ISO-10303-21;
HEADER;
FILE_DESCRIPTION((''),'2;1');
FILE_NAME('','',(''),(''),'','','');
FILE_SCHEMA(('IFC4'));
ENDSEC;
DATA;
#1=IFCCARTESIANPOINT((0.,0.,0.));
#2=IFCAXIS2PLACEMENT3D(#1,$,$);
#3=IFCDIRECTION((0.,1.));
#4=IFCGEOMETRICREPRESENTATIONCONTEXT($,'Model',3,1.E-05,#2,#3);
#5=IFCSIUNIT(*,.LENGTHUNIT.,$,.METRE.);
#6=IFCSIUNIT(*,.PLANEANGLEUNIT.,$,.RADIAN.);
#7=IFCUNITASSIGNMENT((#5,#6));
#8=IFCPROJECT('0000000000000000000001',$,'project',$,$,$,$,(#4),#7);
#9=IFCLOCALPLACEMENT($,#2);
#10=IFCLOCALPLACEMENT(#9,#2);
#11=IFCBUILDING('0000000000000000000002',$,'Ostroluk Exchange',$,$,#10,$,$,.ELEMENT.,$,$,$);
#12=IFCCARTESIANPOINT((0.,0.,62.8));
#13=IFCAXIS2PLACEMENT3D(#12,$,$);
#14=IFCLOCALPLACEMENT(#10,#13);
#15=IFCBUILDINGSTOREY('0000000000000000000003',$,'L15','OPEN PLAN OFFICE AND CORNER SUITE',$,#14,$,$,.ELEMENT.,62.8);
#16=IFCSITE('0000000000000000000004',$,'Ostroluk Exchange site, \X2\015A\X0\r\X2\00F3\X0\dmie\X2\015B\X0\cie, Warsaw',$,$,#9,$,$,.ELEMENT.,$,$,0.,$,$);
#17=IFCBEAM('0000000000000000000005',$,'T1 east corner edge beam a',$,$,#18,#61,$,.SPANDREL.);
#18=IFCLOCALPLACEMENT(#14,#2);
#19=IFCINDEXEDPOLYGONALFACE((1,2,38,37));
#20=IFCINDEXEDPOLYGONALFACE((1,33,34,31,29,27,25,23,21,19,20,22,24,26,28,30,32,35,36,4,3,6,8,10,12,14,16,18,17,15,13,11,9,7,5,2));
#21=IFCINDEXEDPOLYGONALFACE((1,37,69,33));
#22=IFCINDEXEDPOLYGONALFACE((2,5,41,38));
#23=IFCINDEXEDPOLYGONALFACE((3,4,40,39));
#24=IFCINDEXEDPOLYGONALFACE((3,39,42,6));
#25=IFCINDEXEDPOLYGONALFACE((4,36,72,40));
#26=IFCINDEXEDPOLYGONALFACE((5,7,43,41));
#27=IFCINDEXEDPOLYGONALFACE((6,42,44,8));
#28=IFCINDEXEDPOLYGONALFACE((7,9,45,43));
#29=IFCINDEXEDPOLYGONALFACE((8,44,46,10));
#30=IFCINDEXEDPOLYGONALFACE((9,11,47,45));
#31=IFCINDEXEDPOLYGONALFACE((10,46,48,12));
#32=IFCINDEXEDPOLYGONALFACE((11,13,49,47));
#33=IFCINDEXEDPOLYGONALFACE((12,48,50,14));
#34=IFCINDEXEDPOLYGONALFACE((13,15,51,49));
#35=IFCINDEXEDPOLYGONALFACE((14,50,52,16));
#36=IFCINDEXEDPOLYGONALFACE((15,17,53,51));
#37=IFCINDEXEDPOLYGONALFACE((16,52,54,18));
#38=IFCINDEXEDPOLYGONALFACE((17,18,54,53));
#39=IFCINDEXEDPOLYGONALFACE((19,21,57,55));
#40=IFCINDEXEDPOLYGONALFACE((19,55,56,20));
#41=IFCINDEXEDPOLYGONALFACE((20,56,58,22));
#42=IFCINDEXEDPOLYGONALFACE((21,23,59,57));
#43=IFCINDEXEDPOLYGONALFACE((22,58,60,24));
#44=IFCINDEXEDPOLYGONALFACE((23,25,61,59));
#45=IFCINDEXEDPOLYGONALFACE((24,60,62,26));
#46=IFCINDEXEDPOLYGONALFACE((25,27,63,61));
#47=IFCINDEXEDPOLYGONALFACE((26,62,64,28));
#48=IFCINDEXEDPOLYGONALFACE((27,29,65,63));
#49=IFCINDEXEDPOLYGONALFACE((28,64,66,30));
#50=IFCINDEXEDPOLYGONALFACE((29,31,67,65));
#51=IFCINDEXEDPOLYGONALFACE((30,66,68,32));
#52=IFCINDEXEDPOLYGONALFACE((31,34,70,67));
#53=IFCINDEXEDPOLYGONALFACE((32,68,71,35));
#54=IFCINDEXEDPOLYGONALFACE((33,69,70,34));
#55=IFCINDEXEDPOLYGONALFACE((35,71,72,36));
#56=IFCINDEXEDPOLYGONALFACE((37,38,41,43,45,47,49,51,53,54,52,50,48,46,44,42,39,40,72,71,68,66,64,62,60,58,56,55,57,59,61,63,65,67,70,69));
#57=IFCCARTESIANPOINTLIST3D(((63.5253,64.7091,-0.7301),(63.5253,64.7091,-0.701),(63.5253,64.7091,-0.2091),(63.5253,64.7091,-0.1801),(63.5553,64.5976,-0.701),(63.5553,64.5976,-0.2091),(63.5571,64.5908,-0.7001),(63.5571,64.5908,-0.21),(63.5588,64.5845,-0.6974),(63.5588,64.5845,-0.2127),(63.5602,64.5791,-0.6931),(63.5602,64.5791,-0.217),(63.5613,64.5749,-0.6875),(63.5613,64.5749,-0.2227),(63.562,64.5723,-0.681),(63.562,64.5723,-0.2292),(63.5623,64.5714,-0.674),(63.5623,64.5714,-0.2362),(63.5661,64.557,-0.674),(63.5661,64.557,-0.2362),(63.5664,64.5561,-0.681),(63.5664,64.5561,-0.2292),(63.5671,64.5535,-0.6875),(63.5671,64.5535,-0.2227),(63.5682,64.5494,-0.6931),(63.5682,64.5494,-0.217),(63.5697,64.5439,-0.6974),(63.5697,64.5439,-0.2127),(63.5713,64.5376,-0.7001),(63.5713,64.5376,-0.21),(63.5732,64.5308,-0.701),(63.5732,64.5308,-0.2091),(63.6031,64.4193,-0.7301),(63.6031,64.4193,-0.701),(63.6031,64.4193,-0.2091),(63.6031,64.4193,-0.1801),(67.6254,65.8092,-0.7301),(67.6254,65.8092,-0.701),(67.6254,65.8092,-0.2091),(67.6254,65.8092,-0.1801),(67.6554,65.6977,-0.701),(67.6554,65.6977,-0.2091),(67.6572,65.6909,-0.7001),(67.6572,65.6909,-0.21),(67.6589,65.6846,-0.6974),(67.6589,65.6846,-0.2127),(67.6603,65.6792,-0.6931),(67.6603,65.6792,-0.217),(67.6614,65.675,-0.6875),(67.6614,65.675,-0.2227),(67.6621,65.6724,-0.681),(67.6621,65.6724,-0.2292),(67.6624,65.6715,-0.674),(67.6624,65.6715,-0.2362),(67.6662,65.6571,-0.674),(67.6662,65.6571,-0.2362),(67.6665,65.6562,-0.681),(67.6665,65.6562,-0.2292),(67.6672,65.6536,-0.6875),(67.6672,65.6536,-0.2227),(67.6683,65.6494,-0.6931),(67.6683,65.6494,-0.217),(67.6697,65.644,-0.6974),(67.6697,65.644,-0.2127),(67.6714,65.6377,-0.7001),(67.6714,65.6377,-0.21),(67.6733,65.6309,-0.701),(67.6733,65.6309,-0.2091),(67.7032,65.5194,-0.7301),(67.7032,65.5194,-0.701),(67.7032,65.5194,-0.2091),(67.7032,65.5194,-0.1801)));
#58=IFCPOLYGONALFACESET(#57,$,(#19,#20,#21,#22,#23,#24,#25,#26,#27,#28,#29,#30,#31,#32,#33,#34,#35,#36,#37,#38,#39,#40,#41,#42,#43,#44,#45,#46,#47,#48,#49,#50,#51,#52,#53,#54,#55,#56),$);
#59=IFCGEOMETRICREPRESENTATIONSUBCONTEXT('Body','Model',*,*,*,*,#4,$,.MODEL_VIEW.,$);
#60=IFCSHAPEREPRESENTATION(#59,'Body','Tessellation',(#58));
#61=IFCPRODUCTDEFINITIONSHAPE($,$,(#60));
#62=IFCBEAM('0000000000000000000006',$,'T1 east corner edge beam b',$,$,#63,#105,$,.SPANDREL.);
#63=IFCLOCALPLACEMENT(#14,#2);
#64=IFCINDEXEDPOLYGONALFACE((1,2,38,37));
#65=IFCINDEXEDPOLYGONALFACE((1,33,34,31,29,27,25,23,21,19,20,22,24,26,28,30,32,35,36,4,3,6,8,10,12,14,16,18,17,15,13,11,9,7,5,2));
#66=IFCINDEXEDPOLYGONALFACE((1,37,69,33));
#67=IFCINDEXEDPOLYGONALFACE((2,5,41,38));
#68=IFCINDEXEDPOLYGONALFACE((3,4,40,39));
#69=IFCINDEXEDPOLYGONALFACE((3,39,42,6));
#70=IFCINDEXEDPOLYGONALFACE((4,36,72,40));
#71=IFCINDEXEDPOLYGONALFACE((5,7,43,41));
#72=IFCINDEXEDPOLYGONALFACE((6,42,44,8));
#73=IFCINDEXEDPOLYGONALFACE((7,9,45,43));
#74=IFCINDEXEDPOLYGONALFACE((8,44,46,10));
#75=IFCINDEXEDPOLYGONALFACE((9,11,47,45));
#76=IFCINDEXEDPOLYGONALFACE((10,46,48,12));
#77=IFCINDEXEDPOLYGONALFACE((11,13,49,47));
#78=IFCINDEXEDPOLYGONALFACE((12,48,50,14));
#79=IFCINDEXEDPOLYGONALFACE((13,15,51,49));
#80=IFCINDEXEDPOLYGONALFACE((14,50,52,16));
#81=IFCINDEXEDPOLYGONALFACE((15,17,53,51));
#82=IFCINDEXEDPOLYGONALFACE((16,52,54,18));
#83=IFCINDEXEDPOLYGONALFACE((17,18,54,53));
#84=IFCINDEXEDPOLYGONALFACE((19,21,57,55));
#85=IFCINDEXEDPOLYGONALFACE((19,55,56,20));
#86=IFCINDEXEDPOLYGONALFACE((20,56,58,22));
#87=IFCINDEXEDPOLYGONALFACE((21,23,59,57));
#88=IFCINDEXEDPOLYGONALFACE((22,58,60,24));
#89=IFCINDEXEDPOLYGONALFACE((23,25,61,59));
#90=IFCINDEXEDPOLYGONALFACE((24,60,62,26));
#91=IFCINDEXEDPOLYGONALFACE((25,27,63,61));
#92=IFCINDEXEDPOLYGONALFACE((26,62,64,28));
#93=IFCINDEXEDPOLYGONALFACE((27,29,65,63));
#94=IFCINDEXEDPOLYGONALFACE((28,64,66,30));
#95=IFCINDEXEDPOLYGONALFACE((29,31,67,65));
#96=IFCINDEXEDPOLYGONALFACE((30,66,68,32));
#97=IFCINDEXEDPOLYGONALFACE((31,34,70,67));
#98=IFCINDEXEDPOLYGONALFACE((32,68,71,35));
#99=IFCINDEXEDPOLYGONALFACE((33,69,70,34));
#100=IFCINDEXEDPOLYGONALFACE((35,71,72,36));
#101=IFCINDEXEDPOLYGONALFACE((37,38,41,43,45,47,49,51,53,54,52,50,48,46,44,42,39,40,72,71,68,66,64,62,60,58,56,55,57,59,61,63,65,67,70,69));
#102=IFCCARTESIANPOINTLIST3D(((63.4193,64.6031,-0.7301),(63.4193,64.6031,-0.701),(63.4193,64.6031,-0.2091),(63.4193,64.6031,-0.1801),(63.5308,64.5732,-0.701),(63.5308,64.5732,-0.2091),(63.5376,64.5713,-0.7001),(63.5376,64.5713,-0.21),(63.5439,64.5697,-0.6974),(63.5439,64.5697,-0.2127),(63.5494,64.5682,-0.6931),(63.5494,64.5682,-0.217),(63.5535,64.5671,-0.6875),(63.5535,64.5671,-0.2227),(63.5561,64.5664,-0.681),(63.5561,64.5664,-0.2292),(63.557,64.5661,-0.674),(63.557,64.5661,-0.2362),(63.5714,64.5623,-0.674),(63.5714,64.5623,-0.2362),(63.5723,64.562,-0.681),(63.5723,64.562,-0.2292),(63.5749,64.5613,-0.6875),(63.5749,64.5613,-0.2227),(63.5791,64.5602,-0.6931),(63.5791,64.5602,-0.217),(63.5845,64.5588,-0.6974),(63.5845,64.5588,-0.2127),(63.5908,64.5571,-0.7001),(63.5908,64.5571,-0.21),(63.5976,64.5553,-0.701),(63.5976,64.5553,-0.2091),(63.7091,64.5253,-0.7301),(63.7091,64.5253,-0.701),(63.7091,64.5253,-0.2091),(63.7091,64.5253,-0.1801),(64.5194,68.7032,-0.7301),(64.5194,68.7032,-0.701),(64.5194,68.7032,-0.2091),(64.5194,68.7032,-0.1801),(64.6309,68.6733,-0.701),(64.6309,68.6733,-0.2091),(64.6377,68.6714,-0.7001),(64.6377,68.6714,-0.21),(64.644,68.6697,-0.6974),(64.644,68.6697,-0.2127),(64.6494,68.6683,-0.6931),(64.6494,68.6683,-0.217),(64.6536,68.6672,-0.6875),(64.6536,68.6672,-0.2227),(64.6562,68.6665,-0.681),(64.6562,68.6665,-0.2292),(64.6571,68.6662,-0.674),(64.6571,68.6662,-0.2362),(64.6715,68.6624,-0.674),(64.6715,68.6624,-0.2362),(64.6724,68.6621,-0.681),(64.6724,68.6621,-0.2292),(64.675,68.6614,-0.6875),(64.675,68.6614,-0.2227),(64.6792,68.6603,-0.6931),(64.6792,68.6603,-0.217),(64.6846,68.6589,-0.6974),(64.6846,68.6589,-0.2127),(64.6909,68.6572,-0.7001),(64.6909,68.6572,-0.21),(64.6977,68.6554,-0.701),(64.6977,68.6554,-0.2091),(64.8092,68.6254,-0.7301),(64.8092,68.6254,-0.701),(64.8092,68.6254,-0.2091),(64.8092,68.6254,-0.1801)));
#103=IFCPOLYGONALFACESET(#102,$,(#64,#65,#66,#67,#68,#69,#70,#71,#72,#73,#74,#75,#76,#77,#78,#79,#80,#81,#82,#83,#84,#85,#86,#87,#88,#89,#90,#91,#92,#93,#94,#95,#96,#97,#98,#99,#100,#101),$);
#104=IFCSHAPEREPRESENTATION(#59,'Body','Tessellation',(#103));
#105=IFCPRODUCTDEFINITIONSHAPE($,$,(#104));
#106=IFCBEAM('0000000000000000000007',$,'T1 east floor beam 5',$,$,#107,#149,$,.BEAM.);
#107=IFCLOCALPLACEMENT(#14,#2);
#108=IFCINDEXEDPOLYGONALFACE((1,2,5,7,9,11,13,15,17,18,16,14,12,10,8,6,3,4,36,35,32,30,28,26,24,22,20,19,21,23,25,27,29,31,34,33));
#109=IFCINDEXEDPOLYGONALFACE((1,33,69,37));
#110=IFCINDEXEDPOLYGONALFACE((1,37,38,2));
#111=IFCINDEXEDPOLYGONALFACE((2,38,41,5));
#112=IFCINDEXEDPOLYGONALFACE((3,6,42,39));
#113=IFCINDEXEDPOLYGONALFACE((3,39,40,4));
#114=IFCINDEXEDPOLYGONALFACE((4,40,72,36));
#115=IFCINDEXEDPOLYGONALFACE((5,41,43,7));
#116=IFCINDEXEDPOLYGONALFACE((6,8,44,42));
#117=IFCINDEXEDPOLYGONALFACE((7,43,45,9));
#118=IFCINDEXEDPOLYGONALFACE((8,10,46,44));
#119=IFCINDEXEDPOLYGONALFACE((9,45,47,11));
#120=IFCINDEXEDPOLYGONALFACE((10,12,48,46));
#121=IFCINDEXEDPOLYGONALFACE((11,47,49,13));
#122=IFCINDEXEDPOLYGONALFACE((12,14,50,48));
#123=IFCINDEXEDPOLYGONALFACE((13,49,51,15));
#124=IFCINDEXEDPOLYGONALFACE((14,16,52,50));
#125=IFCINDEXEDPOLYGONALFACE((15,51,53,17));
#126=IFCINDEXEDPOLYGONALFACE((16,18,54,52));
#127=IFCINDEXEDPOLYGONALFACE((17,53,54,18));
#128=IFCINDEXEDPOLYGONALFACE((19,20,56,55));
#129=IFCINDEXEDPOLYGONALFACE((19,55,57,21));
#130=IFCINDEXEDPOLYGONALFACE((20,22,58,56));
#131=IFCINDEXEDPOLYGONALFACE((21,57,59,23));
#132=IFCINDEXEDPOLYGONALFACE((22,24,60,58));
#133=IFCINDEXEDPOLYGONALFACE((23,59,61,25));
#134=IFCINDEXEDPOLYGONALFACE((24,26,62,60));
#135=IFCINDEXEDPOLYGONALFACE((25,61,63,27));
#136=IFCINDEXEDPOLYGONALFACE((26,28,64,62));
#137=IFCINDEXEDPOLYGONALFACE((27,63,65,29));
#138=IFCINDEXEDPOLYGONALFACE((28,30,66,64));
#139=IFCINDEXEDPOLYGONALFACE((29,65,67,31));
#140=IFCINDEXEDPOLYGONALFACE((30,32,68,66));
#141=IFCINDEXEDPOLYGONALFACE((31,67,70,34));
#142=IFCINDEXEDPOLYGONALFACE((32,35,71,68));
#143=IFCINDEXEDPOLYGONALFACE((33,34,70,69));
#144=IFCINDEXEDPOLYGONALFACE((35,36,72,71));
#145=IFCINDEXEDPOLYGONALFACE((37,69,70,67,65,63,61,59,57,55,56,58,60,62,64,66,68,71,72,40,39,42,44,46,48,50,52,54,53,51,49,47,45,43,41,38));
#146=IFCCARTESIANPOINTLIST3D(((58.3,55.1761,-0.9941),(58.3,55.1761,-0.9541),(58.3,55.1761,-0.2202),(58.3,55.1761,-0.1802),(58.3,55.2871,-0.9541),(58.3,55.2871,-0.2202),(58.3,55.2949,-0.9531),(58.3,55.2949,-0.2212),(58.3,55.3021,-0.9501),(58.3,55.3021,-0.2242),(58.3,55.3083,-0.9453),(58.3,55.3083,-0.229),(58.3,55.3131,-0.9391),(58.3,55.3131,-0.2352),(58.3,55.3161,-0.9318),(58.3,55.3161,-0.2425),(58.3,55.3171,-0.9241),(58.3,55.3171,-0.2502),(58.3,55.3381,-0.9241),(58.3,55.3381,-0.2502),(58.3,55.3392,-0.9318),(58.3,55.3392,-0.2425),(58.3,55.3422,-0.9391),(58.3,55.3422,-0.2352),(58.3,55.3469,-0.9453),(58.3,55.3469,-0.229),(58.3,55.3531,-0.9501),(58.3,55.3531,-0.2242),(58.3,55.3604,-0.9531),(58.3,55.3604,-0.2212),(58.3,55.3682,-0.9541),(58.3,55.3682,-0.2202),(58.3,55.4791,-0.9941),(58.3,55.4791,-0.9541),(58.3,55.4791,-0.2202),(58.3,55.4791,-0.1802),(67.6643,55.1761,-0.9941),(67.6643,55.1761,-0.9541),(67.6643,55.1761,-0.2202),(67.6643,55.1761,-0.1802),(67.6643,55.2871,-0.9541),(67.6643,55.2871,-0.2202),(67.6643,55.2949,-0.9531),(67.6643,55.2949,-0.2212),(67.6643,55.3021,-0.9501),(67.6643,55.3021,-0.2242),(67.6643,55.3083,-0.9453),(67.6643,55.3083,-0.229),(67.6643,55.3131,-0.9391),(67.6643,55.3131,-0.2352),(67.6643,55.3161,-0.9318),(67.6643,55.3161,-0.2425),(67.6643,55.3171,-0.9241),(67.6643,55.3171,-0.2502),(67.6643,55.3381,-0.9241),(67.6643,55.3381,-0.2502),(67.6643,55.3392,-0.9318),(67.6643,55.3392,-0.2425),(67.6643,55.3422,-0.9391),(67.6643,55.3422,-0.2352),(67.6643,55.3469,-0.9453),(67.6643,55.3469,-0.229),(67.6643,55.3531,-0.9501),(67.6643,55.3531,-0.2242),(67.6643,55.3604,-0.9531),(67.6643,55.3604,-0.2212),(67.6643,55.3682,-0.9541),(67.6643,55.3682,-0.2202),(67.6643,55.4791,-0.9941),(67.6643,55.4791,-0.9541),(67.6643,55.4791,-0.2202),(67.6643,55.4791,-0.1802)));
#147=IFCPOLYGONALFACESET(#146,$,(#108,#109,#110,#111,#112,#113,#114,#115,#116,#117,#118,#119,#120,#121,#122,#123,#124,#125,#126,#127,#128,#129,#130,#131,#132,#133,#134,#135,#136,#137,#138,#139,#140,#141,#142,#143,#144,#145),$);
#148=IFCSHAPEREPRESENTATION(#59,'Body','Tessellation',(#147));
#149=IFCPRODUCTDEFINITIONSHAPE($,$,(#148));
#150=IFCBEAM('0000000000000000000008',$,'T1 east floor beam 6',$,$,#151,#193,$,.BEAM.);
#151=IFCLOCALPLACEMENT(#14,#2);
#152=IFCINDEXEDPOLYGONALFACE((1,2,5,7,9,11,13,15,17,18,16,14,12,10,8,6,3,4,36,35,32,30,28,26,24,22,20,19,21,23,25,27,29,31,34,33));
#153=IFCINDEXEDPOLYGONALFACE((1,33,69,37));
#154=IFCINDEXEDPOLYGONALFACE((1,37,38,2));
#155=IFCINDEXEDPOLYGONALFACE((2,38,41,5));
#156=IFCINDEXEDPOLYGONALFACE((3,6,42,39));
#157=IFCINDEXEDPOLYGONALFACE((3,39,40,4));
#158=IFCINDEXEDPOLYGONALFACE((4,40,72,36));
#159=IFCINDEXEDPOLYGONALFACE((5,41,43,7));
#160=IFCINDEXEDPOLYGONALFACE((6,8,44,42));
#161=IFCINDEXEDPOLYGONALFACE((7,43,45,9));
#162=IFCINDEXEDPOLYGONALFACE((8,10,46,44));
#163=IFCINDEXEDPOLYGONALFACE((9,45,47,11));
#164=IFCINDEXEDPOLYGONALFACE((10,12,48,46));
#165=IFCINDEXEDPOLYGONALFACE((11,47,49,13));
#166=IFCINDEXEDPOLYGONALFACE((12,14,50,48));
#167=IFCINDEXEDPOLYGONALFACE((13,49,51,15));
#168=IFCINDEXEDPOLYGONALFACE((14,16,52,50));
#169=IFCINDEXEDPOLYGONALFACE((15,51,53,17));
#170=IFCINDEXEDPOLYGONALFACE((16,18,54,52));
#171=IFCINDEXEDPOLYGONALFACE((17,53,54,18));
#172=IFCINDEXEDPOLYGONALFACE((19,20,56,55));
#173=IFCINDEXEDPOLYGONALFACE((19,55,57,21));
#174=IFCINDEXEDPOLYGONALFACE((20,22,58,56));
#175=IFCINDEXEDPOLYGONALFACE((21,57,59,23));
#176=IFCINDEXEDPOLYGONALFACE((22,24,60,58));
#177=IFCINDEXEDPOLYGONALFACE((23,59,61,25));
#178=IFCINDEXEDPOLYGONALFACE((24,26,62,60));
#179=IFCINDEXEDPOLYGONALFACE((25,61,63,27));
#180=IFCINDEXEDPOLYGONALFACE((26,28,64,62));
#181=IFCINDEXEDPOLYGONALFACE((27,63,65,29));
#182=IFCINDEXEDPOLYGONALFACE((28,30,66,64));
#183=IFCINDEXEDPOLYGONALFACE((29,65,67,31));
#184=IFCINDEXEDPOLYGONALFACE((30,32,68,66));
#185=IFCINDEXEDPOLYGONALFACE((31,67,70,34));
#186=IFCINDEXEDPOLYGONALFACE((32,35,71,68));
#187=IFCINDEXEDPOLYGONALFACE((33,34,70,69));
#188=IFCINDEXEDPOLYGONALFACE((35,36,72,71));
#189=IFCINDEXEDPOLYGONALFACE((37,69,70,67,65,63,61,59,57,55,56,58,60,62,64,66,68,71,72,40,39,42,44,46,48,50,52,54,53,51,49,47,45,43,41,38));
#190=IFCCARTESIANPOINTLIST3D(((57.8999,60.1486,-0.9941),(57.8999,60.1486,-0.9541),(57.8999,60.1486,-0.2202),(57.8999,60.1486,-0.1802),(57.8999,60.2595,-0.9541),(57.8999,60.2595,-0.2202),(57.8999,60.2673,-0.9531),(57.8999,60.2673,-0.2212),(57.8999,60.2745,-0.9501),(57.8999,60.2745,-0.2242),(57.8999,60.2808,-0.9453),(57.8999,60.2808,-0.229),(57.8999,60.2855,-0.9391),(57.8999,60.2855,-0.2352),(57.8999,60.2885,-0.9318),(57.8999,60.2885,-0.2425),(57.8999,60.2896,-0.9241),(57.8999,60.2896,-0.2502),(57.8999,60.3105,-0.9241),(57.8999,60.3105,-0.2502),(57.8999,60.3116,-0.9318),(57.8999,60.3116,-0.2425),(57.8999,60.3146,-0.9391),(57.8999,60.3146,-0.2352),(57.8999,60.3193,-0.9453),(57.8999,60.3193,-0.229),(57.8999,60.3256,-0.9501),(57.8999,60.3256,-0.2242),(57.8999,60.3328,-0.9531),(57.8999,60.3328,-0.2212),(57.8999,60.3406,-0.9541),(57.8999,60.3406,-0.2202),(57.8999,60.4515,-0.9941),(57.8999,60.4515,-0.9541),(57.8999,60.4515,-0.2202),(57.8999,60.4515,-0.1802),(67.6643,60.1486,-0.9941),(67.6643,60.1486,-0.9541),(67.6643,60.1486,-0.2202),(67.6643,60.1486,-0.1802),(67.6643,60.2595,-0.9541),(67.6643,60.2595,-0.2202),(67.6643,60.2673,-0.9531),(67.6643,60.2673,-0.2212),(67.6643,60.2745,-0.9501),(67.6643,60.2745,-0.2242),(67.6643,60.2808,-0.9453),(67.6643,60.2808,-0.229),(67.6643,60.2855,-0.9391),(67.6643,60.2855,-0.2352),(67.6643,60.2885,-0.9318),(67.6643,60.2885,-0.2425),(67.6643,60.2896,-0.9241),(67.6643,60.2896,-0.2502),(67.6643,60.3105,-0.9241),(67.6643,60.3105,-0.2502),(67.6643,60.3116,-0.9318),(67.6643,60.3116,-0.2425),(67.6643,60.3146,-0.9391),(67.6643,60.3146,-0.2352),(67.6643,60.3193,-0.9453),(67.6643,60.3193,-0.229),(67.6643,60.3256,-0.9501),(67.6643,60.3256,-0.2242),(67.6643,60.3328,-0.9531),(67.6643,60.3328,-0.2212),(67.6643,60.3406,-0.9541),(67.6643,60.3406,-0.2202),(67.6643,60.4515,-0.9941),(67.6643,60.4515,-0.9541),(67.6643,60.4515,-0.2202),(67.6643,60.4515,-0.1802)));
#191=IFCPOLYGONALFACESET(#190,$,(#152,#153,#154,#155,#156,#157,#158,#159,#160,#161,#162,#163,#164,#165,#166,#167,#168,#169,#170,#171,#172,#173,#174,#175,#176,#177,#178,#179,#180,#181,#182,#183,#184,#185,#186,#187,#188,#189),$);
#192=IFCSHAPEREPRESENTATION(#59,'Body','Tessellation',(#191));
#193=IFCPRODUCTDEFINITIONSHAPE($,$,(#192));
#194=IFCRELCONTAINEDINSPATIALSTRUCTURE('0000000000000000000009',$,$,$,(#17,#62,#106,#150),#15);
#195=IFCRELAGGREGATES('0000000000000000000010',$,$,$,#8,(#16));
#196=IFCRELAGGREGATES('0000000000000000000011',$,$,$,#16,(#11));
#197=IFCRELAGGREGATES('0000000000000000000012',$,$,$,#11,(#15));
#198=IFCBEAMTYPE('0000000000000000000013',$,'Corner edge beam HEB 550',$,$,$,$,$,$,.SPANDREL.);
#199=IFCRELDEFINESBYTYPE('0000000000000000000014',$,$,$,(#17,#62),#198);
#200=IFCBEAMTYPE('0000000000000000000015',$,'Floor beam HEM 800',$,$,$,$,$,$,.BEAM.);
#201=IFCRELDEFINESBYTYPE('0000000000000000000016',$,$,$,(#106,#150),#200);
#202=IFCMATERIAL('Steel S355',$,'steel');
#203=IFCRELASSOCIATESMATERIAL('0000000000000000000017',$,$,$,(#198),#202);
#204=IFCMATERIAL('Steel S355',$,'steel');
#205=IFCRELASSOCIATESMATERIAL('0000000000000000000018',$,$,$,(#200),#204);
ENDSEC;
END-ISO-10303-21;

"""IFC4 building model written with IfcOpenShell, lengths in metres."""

from ifc_helpers import new_model, si_unit, direction, frame, origin, origin_2d, place, context, subcontext, project, spatial, i_section, extrude, material, material_profile, profile_set, type_object, element, save


model = new_model("IFC4")

# Units and contexts
model_context = context("Model", 3, precision=1e-05, world=origin(), true_north=direction((0.0, 1.0)))
body_context = subcontext(model_context, "Body", "Model", "MODEL_VIEW")
ifc_project = project(units=[si_unit("LENGTHUNIT", "METRE"), si_unit("PLANEANGLEUNIT", "RADIAN")], contexts=[model_context])

# Site, building, storey
site_placement = place(None, origin())
site = spatial("IfcSite", under=ifc_project, at=site_placement, Name="Ostroluk Exchange site, Śródmieście, Warsaw", CompositionType="ELEMENT", RefElevation=0.0)
building_placement = place(site_placement, origin())
building = spatial("IfcBuilding", under=site, at=building_placement, Name="Ostroluk Exchange", CompositionType="ELEMENT")
storey_placement = place(building_placement, frame((0.0, 0.0, 62.8)))
storey = spatial("IfcBuildingStorey", under=building, at=storey_placement, Name="L15", Description="OPEN PLAN OFFICE AND CORNER SUITE", CompositionType="ELEMENT", Elevation=62.8)

# Beams
ifc_material_1 = material(Name="Steel S355", Category="steel")
ifc_material_profile_1 = material_profile(ifc_material_1, i_section(OverallWidth=0.3, OverallDepth=0.55, WebThickness=0.0149, FlangeThickness=0.0291, FilletRadius=0.0271, at=origin_2d()), Name="HEB 550")
ifc_profile_set_1 = profile_set([ifc_material_profile_1], Name="Steel S355")
beam_type_1 = type_object("IfcBeamType", Name="Corner edge beam HEB 550", PredefinedType="SPANDREL", material=ifc_profile_set_1)
for number, where, z_axis, x_axis, name in (
    (1, (63.5642, 64.5642, -0.4551), (0.965839, 0.259144, 0.0), (-0.259144, 0.965839, 0.0), "T1 east corner edge beam a"),
    (2, (63.5642, 64.5642, -0.4551), (0.259144, 0.965839, 0.0), (-0.965839, 0.259144, 0.0), "T1 east corner edge beam b"),
):
    element("IfcBeam", number, at=place(storey_placement, frame(where, z_axis=z_axis, x_axis=x_axis)), inside=storey, type_object=beam_type_1, Name=name, PredefinedType="SPANDREL", context=body_context, shape_type="SweptSolid", body=[
        extrude(i_section(OverallWidth=0.3, OverallDepth=0.55, WebThickness=0.0149, FlangeThickness=0.0291, FilletRadius=0.0271, at=origin_2d()), origin(), (0.0, 0.0, 1.0), 4.2451),
    ])
ifc_material_2 = material(Name="Steel S355", Category="steel")
ifc_material_profile_2 = material_profile(ifc_material_2, i_section(OverallWidth=0.303, OverallDepth=0.814, WebThickness=0.021, FlangeThickness=0.04, FilletRadius=0.03, at=origin_2d()), Name="HEM 800")
ifc_profile_set_2 = profile_set([ifc_material_profile_2], Name="Steel S355")
beam_type_2 = type_object("IfcBeamType", Name="Floor beam HEM 800", PredefinedType="BEAM", material=ifc_profile_set_2)
beam_1_placement = place(storey_placement, frame((58.3, 55.3276, -0.5872), z_axis=(1.0, 0.0, 0.0), x_axis=(0.0, 1.0, 0.0)))
element("IfcBeam", 3, at=beam_1_placement, inside=storey, type_object=beam_type_2, Name="T1 east floor beam 5", PredefinedType="BEAM", context=body_context, shape_type="SweptSolid", body=[
    extrude(i_section(OverallWidth=0.303, OverallDepth=0.814, WebThickness=0.021, FlangeThickness=0.04, FilletRadius=0.03, at=origin_2d()), origin(), (0.0, 0.0, 1.0), 9.3643),
])
beam_2_placement = place(storey_placement, frame((57.8999, 60.3, -0.5872), z_axis=(1.0, 0.0, 0.0), x_axis=(0.0, 1.0, 0.0)))
element("IfcBeam", 4, at=beam_2_placement, inside=storey, type_object=beam_type_2, Name="T1 east floor beam 6", PredefinedType="BEAM", context=body_context, shape_type="SweptSolid", body=[
    extrude(i_section(OverallWidth=0.303, OverallDepth=0.814, WebThickness=0.021, FlangeThickness=0.04, FilletRadius=0.03, at=origin_2d()), origin(), (0.0, 0.0, 1.0), 9.7644),
])

save(model, "model.ifc")
